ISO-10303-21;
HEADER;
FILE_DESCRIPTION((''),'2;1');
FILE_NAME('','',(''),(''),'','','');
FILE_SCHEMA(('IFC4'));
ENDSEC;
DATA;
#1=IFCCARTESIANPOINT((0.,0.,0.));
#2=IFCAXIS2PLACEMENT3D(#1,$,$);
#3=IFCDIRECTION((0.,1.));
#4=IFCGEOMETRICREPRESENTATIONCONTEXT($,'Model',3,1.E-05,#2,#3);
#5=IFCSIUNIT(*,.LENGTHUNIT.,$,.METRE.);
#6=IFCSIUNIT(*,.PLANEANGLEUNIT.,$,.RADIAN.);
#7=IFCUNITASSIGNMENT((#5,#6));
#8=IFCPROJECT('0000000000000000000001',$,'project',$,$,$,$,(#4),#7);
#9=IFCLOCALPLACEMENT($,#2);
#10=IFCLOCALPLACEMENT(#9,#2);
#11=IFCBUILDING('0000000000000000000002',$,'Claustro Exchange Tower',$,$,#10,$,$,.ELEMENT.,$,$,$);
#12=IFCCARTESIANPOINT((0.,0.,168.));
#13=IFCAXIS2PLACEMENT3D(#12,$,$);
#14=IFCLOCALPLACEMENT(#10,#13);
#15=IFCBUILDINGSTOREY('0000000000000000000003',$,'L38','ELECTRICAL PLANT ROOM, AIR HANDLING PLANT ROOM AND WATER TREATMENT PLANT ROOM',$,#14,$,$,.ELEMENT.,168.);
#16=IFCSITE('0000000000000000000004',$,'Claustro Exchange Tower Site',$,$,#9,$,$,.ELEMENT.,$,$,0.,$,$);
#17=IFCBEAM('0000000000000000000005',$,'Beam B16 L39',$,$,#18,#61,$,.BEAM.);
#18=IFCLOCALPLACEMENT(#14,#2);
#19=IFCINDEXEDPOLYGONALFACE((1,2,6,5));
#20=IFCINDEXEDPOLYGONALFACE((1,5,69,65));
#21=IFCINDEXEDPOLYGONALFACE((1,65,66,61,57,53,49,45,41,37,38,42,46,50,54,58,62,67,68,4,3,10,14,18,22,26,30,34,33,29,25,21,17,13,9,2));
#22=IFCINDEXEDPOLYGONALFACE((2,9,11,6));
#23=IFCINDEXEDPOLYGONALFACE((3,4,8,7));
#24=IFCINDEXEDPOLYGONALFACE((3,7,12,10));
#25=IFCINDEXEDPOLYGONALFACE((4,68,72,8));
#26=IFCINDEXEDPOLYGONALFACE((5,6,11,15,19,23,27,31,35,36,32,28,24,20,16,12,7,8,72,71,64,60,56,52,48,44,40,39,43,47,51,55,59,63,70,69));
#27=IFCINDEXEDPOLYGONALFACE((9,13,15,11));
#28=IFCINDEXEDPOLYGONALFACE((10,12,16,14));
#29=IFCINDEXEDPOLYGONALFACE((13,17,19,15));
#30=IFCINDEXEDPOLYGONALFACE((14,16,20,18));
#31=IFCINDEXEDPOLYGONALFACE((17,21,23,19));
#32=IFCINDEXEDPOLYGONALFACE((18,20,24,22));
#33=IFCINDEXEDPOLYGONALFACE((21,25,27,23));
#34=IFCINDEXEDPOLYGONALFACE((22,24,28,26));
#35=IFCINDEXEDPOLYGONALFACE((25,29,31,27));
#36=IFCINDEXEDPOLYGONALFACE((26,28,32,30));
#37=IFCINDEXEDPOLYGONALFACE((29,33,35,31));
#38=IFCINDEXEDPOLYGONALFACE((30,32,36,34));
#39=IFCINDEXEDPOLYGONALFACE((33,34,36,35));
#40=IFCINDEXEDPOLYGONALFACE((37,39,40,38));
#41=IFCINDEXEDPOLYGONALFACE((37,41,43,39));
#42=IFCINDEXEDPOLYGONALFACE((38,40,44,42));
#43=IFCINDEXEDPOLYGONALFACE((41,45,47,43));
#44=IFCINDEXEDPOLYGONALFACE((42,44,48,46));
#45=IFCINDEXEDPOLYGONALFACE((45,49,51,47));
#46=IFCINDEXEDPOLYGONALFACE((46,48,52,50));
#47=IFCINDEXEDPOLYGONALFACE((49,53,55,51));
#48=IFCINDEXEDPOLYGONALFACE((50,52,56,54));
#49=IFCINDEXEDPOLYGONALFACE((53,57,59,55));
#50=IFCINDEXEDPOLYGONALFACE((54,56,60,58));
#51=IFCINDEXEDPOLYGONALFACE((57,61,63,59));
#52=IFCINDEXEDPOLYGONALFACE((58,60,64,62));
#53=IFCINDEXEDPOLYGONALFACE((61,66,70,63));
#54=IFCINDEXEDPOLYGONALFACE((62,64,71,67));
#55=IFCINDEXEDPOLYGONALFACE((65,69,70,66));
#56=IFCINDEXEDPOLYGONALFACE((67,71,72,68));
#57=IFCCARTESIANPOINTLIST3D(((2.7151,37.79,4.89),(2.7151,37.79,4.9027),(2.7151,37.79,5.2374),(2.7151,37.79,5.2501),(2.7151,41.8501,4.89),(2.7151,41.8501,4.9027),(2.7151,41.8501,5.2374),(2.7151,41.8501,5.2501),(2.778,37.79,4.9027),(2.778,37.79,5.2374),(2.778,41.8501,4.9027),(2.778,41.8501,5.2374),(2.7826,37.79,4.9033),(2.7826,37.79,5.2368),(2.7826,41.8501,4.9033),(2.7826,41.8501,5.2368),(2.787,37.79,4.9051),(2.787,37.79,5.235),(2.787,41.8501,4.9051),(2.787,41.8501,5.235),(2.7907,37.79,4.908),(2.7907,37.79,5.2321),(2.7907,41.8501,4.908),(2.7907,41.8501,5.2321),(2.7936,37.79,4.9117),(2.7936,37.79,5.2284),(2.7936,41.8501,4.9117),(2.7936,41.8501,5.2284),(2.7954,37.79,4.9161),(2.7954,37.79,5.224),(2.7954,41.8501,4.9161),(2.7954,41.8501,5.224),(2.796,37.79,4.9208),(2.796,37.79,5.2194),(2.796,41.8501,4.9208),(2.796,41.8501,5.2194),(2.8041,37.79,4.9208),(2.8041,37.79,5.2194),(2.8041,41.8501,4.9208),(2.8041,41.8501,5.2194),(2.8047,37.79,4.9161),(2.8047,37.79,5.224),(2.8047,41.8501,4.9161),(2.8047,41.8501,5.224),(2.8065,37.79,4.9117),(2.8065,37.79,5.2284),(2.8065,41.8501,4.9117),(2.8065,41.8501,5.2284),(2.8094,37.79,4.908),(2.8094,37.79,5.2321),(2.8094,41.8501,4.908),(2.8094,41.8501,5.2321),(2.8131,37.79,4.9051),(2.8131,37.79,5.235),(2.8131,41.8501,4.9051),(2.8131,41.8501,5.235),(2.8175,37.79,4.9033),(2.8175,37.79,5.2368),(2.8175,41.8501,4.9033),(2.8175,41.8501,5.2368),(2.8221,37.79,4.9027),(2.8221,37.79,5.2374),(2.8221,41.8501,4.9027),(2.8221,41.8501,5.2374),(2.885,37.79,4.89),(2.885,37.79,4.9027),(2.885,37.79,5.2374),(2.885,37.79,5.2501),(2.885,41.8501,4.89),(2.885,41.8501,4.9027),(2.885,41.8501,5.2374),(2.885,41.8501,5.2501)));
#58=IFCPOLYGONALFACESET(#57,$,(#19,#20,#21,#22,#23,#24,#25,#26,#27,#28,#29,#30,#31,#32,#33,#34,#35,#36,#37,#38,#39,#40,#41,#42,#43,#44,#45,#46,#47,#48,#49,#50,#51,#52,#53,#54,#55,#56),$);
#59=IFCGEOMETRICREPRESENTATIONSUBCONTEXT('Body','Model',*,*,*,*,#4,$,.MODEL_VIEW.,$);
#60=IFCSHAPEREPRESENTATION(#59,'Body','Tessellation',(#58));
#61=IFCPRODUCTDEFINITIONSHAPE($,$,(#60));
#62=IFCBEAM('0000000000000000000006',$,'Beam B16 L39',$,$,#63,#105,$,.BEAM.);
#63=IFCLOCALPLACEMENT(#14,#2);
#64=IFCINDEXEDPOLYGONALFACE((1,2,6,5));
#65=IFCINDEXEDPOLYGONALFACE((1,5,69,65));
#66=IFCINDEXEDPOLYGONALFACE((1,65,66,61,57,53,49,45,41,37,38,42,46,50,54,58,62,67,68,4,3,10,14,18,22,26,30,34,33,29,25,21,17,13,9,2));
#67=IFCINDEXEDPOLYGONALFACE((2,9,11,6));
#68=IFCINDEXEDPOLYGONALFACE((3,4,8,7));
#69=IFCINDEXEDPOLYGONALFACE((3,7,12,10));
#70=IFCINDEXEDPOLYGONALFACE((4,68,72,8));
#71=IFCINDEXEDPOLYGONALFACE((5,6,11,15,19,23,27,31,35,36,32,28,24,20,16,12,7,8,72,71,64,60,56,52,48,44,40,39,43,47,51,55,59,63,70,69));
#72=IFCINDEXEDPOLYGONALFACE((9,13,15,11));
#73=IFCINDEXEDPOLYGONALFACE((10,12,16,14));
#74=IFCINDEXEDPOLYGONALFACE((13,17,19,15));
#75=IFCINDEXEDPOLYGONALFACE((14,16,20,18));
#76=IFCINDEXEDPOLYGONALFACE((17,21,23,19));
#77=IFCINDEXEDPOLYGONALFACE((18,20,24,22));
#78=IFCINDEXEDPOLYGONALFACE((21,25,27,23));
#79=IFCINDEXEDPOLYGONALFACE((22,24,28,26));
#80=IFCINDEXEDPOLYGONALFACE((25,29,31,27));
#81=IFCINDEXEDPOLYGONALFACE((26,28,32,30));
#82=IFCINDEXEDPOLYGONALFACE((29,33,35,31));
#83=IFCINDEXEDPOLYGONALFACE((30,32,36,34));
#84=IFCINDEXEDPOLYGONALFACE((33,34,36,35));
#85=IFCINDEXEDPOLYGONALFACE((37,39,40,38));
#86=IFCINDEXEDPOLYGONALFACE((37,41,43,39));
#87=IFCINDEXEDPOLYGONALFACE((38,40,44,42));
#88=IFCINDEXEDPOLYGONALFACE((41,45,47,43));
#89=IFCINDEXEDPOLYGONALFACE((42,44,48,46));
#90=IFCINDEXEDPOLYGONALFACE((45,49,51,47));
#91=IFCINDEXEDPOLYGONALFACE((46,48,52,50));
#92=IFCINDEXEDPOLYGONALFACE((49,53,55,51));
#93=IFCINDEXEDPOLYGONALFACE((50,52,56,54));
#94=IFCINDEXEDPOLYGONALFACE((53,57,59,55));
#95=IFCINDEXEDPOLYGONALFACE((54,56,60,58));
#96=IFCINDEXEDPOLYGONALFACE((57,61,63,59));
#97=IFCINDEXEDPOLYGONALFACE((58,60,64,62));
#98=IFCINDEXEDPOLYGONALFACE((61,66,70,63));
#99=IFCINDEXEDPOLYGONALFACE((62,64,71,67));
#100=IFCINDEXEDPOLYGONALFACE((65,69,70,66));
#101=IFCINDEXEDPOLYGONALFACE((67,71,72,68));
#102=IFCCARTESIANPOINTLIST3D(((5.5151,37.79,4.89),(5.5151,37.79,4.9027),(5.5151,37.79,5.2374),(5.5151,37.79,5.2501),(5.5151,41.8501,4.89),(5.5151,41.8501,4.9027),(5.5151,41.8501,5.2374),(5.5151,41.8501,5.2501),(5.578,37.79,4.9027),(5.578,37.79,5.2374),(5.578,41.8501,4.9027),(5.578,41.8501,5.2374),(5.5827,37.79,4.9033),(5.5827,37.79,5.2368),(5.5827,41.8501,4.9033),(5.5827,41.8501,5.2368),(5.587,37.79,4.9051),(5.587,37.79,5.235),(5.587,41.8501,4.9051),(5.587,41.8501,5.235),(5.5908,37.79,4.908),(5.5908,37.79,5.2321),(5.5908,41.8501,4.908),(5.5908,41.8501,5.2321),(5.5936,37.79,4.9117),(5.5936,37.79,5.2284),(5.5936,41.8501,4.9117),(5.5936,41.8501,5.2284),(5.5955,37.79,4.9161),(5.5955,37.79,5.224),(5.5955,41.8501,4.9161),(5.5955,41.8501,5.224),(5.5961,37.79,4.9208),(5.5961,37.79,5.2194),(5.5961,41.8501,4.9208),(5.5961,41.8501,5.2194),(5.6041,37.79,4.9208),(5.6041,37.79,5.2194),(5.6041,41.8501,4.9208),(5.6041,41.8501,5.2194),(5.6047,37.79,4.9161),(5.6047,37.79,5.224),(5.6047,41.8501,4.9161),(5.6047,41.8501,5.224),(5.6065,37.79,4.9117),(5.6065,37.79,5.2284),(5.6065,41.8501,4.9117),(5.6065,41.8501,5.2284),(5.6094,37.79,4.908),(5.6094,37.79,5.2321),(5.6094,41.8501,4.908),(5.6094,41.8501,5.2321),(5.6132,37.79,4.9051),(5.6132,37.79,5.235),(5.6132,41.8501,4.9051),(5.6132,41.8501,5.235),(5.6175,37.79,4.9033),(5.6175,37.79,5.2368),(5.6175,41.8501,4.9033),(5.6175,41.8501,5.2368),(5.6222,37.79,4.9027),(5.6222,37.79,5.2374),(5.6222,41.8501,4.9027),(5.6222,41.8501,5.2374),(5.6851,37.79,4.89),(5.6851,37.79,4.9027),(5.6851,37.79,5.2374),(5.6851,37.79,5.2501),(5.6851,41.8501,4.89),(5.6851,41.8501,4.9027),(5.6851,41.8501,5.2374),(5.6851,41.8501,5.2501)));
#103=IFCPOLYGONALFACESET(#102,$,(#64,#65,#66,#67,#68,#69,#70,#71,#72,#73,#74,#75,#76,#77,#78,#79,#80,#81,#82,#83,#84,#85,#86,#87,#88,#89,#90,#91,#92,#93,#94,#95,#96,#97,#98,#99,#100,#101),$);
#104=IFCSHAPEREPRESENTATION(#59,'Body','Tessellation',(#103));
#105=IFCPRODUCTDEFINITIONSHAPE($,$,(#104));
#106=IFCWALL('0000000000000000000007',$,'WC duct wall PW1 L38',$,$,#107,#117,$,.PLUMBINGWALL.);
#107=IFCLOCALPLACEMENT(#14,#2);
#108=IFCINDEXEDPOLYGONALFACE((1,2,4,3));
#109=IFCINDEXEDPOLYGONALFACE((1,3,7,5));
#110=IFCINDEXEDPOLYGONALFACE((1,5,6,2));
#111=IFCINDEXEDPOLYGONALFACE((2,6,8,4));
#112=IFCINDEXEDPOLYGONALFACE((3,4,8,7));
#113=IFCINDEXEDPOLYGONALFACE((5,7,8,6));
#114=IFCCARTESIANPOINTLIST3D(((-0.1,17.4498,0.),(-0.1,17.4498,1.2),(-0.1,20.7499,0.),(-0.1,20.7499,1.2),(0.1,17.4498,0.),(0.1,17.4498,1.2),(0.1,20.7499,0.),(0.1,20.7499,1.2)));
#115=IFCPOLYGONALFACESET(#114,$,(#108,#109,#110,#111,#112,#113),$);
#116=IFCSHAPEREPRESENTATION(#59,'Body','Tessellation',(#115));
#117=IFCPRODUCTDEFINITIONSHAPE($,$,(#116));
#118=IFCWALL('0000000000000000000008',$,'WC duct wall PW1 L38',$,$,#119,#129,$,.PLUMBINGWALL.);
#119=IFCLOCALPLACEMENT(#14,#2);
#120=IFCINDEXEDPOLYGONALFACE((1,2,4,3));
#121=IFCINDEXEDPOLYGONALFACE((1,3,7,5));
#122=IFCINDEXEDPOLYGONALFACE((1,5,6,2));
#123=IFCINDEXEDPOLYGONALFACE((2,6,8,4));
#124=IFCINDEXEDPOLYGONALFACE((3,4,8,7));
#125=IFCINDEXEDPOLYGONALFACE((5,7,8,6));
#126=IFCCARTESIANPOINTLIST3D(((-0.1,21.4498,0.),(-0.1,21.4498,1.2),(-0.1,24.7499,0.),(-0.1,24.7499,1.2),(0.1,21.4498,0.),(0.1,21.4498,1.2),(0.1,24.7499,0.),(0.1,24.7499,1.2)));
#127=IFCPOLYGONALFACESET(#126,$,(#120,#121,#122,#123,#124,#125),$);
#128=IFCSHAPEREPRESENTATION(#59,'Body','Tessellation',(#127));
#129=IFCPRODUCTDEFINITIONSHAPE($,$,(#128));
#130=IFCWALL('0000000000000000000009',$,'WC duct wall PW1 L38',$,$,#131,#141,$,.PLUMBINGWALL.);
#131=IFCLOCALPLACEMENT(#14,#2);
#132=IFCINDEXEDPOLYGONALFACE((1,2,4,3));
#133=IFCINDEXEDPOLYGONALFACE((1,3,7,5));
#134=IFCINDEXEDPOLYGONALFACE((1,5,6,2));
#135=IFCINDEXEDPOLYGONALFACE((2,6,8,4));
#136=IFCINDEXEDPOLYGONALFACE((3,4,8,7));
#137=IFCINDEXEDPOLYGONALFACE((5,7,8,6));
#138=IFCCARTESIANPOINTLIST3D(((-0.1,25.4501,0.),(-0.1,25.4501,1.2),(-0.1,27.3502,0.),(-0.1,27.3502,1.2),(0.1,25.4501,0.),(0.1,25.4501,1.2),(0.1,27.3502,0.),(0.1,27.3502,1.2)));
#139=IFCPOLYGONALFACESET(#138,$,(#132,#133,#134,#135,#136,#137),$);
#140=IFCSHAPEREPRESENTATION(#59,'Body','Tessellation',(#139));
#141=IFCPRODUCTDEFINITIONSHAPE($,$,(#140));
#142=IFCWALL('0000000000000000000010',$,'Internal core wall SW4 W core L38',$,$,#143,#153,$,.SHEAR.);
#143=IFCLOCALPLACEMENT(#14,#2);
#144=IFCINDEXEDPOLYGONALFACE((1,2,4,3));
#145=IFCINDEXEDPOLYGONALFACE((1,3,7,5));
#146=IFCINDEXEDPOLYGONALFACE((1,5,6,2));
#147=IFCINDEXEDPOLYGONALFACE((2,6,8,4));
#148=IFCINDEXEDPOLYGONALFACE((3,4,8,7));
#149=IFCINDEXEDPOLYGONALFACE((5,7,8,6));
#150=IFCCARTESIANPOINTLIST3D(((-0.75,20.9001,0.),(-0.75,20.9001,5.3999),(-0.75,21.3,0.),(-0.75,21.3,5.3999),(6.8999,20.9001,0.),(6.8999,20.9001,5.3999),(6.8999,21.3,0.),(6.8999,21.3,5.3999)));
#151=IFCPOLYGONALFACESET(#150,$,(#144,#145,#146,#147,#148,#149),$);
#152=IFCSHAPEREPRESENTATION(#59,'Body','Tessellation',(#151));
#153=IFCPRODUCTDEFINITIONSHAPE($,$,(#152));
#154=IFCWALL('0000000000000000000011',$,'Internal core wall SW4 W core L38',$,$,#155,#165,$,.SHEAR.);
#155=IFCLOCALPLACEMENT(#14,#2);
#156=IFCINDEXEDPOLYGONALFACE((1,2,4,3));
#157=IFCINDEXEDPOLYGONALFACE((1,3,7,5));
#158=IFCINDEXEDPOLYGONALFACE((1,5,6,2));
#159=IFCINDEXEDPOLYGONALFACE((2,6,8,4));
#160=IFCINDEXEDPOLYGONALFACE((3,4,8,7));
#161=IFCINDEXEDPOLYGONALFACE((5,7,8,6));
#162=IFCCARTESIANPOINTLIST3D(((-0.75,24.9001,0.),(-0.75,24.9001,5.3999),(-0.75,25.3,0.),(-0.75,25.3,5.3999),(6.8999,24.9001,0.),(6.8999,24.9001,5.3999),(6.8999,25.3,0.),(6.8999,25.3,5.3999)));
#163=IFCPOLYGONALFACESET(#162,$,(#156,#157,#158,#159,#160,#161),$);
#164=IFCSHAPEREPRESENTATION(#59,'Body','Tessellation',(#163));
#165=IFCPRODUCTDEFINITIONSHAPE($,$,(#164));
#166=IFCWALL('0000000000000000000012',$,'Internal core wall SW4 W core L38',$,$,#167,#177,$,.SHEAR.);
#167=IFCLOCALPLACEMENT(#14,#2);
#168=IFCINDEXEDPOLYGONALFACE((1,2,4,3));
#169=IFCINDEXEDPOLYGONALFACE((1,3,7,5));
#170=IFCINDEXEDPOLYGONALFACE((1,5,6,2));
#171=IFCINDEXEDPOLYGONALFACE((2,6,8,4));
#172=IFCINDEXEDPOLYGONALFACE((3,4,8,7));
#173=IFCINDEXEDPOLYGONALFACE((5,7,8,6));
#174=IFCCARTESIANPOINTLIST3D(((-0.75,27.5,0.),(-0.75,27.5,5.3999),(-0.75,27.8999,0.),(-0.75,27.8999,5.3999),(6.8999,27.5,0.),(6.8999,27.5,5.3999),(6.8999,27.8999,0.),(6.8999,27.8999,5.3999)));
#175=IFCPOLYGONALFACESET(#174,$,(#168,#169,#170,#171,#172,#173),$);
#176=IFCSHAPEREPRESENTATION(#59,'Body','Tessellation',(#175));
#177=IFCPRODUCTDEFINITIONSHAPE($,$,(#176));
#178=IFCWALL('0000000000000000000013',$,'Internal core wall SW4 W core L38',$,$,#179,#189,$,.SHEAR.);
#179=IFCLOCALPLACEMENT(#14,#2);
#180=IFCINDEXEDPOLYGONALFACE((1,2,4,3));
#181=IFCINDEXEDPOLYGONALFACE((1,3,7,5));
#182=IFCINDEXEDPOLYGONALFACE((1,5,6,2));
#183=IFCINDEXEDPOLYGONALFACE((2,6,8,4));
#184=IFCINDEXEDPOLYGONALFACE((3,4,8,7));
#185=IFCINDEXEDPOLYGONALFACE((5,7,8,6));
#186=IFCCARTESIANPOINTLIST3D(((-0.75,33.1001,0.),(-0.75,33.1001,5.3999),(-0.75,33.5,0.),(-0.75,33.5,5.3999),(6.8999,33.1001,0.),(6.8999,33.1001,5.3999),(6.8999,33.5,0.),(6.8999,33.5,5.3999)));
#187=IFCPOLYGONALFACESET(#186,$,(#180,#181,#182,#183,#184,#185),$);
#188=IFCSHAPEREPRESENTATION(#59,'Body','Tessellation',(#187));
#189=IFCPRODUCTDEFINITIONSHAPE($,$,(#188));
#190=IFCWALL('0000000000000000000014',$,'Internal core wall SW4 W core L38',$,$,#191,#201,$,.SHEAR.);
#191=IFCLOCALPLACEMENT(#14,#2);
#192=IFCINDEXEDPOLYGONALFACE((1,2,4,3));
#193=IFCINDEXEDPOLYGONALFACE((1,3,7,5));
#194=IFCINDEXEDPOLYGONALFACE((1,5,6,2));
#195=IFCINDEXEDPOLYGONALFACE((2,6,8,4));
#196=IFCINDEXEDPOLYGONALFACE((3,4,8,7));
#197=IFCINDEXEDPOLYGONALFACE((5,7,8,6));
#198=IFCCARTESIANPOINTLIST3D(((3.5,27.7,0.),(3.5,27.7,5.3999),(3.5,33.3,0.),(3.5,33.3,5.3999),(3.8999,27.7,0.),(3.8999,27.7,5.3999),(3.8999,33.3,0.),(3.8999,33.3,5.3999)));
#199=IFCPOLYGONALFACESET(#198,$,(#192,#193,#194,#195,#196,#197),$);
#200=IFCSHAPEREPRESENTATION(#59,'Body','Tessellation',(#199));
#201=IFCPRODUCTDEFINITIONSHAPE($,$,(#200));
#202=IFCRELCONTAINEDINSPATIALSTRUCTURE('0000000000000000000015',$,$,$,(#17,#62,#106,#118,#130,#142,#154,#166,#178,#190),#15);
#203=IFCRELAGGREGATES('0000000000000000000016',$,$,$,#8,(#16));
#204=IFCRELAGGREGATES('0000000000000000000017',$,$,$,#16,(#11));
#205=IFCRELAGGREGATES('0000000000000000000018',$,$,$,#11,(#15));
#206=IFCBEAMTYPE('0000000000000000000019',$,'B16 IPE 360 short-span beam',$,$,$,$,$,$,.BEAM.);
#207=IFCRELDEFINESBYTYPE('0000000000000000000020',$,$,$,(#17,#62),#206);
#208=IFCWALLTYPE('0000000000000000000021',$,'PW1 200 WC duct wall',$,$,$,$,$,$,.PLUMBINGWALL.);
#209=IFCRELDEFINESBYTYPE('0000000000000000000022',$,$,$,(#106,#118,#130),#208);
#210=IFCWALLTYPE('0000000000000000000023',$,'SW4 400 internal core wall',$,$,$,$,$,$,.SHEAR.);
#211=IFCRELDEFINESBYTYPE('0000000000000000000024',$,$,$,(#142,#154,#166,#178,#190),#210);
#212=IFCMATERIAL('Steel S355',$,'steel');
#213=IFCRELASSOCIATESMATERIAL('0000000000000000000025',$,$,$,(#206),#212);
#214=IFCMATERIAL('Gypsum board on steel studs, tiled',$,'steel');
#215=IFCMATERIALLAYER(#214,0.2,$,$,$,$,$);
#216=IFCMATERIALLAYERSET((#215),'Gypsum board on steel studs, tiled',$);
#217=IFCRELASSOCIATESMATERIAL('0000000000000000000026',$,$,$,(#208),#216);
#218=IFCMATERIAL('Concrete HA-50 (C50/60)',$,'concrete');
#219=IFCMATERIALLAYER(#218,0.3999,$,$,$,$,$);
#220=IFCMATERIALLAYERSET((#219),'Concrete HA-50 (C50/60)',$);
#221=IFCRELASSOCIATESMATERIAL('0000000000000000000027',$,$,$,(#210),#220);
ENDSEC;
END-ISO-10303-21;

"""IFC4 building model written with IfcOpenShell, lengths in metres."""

from ifc_helpers import new_model, si_unit, direction, frame, frame_2d, origin, origin_2d, place, context, subcontext, project, spatial, rectangle, i_section, extrude, material, layer, layer_set, material_profile, profile_set, type_object, element, save


model = new_model("IFC4")

# Units and contexts
model_context = context("Model", 3, precision=1e-05, world=origin(), true_north=direction((0.0, 1.0)))
body_context = subcontext(model_context, "Body", "Model", "MODEL_VIEW")
ifc_project = project(units=[si_unit("LENGTHUNIT", "METRE"), si_unit("PLANEANGLEUNIT", "RADIAN")], contexts=[model_context])

# Site, building, storey
site_placement = place(None, origin())
site = spatial("IfcSite", under=ifc_project, at=site_placement, Name="Claustro Exchange Tower Site", CompositionType="ELEMENT", RefElevation=0.0)
building_placement = place(site_placement, origin())
building = spatial("IfcBuilding", under=site, at=building_placement, Name="Claustro Exchange Tower", CompositionType="ELEMENT")
storey_placement = place(building_placement, frame((0.0, 0.0, 168.0)))
storey = spatial("IfcBuildingStorey", under=building, at=storey_placement, Name="L38", Description="ELECTRICAL PLANT ROOM, AIR HANDLING PLANT ROOM AND WATER TREATMENT PLANT ROOM", CompositionType="ELEMENT", Elevation=168.0)

# Beams
ifc_material_1 = material(Name="Steel S355", Category="steel")
ifc_material_profile = material_profile(ifc_material_1, i_section(OverallWidth=0.1699, OverallDepth=0.3601, WebThickness=0.0081, FlangeThickness=0.0127, FilletRadius=0.0181, at=origin_2d()), Name="IPE 360")
ifc_profile_set = profile_set([ifc_material_profile], Name="Steel S355")
beam_type = type_object("IfcBeamType", Name="B16 IPE 360 short-span beam", PredefinedType="BEAM", material=ifc_profile_set)
for number, where, z_axis, x_axis, name in (
    (1, (2.8, 37.79, 5.0701), (0.0, 1.0, 0.0), (-1.0, 0.0, 0.0), "Beam B16 L39"),
    (2, (5.6001, 37.79, 5.0701), (0.0, 1.0, 0.0), (-1.0, 0.0, 0.0), "Beam B16 L39"),
):
    element("IfcBeam", number, at=place(storey_placement, frame(where, z_axis=z_axis, x_axis=x_axis)), inside=storey, type_object=beam_type, Name=name, PredefinedType="BEAM", context=body_context, shape_type="SweptSolid", body=[
        extrude(i_section(OverallWidth=0.1699, OverallDepth=0.3601, WebThickness=0.0081, FlangeThickness=0.0127, FilletRadius=0.0181, at=origin_2d()), origin(), (0.0, 0.0, 1.0), 4.0601),
    ])

# Walls
ifc_material_2 = material(Name="Gypsum board on steel studs, tiled", Category="steel")
ifc_layer_1 = layer(ifc_material_2, 0.2)
ifc_layer_set_1 = layer_set([ifc_layer_1], Name="Gypsum board on steel studs, tiled")
wall_type_1 = type_object("IfcWallType", Name="PW1 200 WC duct wall", PredefinedType="PLUMBINGWALL", material=ifc_layer_set_1)
for number, where, z_axis, x_axis, name in (
    (3, (0.0, 17.45, 0.0), (0.0, 0.0, 1.0), (0.0, 1.0, 0.0), "WC duct wall PW1 L38"),
    (4, (0.0, 21.45, 0.0), (0.0, 0.0, 1.0), (0.0, 1.0, 0.0), "WC duct wall PW1 L38"),
):
    element("IfcWall", number, at=place(storey_placement, frame(where, z_axis=z_axis, x_axis=x_axis)), inside=storey, type_object=wall_type_1, Name=name, PredefinedType="PLUMBINGWALL", context=body_context, shape_type="SweptSolid", body=[
        extrude(rectangle(XDim=3.3, YDim=0.2, at=frame_2d((1.6499, 0.0))), origin(), (0.0, 0.0, 1.0), 1.2),
    ])
wall_1_placement = place(storey_placement, frame((0.0, 25.45, 0.0), z_axis=(0.0, 0.0, 1.0), x_axis=(0.0, 1.0, 0.0)))
element("IfcWall", 5, at=wall_1_placement, inside=storey, type_object=wall_type_1, Name="WC duct wall PW1 L38", PredefinedType="PLUMBINGWALL", context=body_context, shape_type="SweptSolid", body=[
    extrude(rectangle(XDim=1.9001, YDim=0.2, at=frame_2d((0.9502, 0.0))), origin(), (0.0, 0.0, 1.0), 1.2),
])

# Walls
ifc_material_3 = material(Name="Concrete HA-50 (C50/60)", Category="concrete")
ifc_layer_2 = layer(ifc_material_3, 0.3999)
ifc_layer_set_2 = layer_set([ifc_layer_2], Name="Concrete HA-50 (C50/60)")
wall_type_2 = type_object("IfcWallType", Name="SW4 400 internal core wall", PredefinedType="SHEAR", material=ifc_layer_set_2)
for number, where, z_axis, x_axis, name in (
    (6, (-0.75, 21.1001, 0.0), (0.0, 0.0, 1.0), (1.0, 0.0, 0.0), "Internal core wall SW4 W core L38"),
    (7, (-0.75, 25.1001, 0.0), (0.0, 0.0, 1.0), (1.0, 0.0, 0.0), "Internal core wall SW4 W core L38"),
    (8, (-0.75, 27.7, 0.0), (0.0, 0.0, 1.0), (1.0, 0.0, 0.0), "Internal core wall SW4 W core L38"),
    (9, (-0.75, 33.3, 0.0), (0.0, 0.0, 1.0), (1.0, 0.0, 0.0), "Internal core wall SW4 W core L38"),
):
    element("IfcWall", number, at=place(storey_placement, frame(where, z_axis=z_axis, x_axis=x_axis)), inside=storey, type_object=wall_type_2, Name=name, PredefinedType="SHEAR", context=body_context, shape_type="SweptSolid", body=[
        extrude(rectangle(XDim=7.6499, YDim=0.3999, at=frame_2d((3.825, 0.0))), origin(), (0.0, 0.0, 1.0), 5.3999),
    ])
wall_2_placement = place(storey_placement, frame((3.7, 27.7, 0.0), z_axis=(0.0, 0.0, 1.0), x_axis=(0.0, 1.0, 0.0)))
element("IfcWall", 10, at=wall_2_placement, inside=storey, type_object=wall_type_2, Name="Internal core wall SW4 W core L38", PredefinedType="SHEAR", context=body_context, shape_type="SweptSolid", body=[
    extrude(rectangle(XDim=5.6001, YDim=0.3999, at=frame_2d((2.8, 0.0))), origin(), (0.0, 0.0, 1.0), 5.3999),
])

save(model, "model.ifc")
